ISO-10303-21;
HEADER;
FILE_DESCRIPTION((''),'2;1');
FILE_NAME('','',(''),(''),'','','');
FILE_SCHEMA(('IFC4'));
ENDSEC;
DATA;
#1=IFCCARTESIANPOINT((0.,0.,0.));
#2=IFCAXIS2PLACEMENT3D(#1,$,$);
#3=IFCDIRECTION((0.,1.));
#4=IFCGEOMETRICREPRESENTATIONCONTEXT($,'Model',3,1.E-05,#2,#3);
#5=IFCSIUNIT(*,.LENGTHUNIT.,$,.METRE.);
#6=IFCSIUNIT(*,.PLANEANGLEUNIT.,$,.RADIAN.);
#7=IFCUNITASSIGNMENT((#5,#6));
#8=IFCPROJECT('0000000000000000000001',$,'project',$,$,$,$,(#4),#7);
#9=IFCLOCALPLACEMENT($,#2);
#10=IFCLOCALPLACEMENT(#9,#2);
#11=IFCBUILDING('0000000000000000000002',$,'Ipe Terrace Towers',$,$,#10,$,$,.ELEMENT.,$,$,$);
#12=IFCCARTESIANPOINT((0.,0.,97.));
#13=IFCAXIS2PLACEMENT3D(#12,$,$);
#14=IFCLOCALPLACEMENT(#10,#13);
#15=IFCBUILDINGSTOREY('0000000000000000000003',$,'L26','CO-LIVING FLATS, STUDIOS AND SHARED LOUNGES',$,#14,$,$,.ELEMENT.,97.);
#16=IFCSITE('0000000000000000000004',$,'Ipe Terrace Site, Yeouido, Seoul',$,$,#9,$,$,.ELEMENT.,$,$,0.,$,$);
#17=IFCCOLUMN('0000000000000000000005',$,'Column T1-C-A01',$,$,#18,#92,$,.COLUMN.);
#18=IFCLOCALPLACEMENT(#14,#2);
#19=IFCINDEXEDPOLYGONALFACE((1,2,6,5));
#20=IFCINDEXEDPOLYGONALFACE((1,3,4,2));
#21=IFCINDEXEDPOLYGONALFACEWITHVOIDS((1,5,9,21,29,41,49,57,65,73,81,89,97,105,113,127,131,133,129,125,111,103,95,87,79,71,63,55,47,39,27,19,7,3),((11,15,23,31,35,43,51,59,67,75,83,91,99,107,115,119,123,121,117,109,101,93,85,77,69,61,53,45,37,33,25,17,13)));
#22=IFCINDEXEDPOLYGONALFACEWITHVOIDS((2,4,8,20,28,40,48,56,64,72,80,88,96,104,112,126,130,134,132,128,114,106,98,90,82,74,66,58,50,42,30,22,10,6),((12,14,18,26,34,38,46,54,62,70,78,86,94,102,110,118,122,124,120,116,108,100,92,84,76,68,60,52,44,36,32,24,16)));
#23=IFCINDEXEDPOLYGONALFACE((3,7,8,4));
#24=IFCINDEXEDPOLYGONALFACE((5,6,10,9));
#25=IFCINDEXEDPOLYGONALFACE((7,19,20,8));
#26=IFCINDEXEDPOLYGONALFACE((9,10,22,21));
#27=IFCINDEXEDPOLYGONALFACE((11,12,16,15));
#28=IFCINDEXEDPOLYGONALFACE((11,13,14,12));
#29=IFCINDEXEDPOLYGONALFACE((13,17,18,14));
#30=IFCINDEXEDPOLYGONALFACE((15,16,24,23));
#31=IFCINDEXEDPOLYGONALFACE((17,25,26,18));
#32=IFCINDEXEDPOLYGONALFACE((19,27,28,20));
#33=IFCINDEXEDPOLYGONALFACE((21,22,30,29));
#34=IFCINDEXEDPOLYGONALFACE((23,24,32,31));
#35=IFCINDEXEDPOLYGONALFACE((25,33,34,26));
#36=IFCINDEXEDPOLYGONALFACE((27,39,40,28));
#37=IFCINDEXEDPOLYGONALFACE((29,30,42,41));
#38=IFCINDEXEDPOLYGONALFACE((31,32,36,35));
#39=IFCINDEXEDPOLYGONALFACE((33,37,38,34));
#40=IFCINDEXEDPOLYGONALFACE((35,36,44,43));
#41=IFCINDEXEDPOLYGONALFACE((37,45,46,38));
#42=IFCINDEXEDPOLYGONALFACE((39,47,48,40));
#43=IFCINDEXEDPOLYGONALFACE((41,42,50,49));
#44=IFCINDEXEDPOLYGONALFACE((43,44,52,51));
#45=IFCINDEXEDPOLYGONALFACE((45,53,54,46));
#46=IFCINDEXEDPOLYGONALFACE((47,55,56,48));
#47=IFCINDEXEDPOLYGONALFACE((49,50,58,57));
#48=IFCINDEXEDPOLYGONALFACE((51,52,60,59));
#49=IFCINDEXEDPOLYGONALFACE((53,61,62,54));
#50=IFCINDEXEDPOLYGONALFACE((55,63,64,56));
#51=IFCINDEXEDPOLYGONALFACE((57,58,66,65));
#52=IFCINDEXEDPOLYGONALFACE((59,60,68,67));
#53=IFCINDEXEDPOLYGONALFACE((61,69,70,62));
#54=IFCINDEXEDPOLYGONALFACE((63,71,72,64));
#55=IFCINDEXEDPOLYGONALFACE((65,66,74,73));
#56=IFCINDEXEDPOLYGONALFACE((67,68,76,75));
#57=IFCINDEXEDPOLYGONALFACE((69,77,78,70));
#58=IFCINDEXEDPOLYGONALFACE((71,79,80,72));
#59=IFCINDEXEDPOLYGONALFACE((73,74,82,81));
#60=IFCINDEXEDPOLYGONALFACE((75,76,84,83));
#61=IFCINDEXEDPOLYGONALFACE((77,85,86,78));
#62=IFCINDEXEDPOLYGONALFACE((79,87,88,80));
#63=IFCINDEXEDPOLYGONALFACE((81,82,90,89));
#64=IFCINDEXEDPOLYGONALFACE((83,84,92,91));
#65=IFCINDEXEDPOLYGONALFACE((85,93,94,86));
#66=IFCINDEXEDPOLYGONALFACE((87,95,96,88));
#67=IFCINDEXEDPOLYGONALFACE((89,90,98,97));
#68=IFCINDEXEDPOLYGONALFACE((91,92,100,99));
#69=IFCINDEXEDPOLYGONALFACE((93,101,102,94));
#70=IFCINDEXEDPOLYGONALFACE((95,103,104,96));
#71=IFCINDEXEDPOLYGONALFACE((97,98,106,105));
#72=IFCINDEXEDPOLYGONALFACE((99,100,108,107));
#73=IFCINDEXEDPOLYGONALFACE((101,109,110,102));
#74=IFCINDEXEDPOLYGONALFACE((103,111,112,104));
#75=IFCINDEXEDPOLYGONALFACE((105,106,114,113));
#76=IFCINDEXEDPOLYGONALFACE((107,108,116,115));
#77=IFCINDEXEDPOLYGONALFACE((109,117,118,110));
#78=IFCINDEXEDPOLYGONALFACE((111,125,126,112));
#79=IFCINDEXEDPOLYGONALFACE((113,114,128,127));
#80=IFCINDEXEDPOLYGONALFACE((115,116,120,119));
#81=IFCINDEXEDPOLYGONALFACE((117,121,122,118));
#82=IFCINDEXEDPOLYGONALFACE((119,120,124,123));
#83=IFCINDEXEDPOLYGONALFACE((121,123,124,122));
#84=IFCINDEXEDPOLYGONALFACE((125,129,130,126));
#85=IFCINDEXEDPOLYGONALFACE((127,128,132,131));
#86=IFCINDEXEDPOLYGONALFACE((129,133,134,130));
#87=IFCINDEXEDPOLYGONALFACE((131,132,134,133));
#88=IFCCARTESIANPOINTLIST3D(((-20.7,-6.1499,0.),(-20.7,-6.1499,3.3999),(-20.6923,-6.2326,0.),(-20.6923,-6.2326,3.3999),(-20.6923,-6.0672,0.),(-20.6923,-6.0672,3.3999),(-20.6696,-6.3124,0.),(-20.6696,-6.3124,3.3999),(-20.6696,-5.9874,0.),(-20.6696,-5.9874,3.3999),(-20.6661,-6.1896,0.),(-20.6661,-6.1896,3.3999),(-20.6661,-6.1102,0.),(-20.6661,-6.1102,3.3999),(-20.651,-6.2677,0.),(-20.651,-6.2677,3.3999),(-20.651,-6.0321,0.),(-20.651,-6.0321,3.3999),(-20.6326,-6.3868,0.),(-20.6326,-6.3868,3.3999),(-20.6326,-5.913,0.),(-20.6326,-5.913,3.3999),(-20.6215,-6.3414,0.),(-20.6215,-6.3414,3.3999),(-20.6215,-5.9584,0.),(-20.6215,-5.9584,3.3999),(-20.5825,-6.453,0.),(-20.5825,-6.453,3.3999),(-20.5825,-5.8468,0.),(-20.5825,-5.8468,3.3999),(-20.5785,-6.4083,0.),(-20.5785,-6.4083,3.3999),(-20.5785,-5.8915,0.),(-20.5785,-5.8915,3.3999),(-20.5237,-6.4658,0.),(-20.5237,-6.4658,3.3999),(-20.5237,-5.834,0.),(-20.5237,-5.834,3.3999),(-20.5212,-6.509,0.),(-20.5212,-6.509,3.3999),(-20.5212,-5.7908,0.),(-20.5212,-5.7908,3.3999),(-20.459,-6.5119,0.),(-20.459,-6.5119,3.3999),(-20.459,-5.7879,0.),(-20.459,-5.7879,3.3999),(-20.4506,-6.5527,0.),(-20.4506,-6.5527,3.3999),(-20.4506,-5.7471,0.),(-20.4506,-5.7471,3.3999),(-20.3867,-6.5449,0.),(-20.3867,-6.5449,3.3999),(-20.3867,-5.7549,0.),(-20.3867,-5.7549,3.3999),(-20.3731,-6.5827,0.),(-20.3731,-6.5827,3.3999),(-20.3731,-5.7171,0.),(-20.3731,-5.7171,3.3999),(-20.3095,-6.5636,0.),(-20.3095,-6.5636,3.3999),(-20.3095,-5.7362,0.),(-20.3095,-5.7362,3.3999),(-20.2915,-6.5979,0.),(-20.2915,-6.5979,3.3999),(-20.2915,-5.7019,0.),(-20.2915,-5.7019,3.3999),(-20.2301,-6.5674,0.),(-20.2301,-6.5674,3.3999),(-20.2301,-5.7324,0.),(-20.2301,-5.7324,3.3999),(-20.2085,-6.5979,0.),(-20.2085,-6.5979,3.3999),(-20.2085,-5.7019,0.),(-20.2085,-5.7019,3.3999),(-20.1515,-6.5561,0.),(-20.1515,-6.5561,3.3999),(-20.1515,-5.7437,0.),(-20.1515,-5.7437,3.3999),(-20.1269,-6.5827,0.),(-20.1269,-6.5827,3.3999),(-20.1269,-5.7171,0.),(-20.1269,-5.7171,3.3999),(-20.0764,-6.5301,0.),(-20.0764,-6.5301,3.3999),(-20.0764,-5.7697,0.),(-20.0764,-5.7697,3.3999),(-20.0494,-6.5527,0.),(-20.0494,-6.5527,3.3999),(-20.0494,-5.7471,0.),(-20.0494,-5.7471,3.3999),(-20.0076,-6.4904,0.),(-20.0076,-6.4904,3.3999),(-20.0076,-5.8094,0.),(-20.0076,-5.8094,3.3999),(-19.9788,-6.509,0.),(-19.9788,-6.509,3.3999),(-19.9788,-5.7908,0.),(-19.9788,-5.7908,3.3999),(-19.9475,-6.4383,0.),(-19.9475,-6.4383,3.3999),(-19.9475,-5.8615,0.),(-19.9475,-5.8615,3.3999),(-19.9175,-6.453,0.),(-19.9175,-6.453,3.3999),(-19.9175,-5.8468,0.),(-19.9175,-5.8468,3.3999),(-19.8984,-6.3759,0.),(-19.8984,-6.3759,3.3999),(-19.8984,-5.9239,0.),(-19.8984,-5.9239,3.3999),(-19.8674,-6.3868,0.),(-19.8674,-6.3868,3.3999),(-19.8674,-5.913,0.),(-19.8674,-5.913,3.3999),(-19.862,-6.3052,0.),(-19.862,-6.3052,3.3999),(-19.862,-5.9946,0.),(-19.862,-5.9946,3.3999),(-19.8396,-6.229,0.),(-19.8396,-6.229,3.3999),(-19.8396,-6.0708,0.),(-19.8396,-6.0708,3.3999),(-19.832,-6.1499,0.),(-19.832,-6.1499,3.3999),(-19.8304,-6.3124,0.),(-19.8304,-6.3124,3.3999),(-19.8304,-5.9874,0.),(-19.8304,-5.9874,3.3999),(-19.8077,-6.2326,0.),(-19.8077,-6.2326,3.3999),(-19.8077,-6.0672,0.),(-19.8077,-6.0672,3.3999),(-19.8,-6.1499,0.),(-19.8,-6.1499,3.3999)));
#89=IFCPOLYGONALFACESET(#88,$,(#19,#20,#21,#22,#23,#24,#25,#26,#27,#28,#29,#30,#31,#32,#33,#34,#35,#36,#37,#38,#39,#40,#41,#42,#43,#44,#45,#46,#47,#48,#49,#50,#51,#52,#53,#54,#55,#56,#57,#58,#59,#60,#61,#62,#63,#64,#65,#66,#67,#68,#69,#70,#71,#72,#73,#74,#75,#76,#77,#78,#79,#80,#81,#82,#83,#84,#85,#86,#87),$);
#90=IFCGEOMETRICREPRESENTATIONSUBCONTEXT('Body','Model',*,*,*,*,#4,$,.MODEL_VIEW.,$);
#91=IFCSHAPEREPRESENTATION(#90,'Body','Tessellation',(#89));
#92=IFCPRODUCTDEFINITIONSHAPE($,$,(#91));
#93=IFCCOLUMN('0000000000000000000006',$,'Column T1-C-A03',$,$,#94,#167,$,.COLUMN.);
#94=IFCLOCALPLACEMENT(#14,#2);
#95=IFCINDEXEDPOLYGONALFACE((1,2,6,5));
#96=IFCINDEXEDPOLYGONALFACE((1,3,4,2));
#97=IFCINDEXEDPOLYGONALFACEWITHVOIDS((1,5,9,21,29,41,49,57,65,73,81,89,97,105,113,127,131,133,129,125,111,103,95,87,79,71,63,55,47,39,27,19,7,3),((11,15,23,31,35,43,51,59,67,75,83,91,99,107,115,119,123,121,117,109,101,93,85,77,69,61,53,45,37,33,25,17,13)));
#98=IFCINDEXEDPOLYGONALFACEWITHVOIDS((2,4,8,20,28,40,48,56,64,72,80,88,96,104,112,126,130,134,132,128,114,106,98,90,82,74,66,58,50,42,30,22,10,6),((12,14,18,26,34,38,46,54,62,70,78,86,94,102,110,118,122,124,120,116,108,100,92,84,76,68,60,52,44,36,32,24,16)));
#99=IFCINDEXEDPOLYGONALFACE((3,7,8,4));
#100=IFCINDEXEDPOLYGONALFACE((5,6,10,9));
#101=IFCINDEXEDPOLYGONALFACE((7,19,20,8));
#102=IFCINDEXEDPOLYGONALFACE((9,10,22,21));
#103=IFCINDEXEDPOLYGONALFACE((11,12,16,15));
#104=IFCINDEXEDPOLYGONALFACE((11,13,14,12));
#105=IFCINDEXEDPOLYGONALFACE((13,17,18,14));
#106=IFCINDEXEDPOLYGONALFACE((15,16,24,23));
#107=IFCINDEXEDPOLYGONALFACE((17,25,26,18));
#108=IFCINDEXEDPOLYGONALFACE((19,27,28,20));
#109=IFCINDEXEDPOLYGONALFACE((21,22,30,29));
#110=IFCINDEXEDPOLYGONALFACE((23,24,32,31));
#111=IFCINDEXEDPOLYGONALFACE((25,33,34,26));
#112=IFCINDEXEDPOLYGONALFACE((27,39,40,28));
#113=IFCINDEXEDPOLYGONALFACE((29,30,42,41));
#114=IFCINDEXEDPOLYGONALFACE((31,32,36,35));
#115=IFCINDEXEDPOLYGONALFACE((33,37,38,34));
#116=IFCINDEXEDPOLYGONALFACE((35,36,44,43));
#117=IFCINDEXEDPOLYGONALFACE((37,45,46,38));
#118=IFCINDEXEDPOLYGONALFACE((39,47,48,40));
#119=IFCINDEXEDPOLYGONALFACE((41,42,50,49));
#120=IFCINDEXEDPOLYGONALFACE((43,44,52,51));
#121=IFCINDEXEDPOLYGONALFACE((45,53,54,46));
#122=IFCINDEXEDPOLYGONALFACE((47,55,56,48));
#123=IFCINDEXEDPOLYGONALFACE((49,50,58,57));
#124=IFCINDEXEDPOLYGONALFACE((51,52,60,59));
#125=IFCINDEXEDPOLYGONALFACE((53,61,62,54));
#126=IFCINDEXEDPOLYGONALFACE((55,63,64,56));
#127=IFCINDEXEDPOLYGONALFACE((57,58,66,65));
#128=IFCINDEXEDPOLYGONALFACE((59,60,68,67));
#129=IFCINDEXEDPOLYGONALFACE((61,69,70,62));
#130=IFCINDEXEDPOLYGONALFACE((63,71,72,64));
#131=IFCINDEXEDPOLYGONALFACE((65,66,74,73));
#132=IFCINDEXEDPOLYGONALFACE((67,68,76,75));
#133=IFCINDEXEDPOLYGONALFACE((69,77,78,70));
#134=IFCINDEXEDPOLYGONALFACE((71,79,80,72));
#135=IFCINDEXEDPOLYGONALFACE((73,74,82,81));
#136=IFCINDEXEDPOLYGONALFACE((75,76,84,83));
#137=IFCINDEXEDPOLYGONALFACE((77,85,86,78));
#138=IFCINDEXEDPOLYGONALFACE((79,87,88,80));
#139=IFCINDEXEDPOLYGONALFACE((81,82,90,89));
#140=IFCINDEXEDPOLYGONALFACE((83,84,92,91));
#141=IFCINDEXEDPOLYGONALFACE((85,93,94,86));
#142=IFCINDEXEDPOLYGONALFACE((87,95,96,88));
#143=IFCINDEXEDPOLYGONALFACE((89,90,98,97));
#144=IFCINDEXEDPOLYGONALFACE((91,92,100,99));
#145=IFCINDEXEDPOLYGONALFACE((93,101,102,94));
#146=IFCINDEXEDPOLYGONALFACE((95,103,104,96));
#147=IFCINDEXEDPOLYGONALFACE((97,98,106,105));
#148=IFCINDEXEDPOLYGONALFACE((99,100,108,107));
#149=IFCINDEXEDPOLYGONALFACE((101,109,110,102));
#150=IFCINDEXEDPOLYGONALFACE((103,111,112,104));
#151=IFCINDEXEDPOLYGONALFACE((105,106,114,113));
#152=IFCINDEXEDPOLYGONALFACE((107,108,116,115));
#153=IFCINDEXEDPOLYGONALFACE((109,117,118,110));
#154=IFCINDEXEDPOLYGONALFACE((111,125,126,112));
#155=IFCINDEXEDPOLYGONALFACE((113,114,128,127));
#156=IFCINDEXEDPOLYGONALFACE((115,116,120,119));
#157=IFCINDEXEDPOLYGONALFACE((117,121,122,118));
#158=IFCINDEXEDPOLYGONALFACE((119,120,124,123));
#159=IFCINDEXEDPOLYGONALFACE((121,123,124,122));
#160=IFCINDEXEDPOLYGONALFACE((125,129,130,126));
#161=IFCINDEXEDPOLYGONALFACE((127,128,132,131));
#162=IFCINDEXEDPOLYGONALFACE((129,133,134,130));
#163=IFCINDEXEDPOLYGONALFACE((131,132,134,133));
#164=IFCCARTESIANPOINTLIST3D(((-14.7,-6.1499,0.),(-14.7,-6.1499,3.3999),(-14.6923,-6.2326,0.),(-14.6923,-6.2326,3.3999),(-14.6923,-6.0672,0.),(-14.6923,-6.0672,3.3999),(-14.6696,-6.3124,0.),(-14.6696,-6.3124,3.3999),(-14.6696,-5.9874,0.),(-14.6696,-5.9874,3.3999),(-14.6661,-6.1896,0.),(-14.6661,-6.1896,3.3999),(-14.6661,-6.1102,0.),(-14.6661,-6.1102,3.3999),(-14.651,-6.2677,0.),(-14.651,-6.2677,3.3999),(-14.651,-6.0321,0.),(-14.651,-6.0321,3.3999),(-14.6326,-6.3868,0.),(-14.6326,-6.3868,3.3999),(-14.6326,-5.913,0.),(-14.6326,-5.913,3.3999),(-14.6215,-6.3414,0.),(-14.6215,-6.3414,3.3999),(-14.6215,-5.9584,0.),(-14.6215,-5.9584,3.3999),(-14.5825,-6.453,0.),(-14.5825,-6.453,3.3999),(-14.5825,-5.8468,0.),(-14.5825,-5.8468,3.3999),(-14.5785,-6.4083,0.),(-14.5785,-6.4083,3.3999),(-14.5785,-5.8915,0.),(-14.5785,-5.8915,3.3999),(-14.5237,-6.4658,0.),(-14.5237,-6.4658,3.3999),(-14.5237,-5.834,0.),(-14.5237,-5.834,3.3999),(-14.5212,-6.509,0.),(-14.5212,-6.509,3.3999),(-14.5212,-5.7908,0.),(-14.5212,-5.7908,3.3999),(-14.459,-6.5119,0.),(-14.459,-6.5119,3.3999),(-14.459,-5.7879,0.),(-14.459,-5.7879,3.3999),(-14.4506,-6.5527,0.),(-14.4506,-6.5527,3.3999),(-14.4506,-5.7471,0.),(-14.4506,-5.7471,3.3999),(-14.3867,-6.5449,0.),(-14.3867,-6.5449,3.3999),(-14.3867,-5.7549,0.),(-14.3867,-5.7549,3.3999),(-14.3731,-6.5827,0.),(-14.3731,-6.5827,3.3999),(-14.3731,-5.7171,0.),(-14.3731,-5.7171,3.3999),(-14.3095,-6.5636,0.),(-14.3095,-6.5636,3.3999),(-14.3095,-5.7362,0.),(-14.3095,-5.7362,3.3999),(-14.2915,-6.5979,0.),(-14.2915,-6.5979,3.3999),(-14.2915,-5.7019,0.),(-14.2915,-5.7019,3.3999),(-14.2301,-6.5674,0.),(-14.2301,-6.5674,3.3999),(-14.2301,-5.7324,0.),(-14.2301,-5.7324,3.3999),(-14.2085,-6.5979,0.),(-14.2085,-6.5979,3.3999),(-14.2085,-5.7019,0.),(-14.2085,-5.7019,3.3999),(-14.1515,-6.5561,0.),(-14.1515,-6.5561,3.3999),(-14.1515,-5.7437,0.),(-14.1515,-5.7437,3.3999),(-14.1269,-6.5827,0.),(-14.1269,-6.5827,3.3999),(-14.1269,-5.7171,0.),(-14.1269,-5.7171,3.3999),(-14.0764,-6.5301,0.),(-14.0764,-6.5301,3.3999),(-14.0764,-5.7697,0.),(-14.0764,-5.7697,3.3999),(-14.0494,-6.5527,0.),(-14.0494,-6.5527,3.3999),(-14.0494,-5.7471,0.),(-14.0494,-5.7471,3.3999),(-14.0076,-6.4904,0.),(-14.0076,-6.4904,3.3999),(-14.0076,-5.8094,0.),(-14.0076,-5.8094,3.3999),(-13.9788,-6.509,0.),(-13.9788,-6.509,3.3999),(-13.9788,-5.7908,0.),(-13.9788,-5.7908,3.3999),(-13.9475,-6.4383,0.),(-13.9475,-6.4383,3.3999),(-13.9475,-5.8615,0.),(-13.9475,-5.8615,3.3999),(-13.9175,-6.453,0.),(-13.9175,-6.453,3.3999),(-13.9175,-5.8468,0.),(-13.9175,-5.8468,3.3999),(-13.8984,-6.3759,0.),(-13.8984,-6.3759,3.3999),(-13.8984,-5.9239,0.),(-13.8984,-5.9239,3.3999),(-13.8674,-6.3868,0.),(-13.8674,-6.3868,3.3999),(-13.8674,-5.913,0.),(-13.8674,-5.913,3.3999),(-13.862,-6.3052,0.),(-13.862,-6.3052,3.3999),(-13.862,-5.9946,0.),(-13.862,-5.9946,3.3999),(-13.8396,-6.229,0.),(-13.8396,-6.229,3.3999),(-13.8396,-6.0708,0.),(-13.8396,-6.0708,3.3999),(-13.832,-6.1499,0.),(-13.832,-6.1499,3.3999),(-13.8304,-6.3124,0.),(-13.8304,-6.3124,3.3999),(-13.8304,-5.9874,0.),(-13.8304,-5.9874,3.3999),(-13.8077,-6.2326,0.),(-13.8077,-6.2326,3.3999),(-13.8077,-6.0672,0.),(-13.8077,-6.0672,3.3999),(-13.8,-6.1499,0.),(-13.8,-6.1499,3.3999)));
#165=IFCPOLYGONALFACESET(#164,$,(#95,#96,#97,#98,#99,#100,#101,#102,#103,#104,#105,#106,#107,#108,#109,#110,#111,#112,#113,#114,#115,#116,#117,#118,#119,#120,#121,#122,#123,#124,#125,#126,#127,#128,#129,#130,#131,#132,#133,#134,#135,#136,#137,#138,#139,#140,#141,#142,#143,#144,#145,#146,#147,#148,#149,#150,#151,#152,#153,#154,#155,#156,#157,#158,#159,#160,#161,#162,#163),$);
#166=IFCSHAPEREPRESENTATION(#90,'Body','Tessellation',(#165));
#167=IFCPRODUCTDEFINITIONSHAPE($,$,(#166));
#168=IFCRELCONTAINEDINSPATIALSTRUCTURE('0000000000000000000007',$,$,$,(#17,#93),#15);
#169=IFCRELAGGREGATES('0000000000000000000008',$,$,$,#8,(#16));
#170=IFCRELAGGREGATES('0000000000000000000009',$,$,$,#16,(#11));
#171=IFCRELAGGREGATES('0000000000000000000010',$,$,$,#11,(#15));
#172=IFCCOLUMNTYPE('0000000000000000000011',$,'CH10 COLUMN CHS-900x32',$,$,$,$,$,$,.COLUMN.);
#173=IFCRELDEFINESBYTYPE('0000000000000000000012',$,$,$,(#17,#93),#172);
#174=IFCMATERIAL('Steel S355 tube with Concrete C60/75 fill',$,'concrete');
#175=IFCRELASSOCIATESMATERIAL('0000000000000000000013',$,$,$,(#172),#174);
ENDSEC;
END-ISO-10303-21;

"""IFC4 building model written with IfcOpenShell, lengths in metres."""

from ifc_helpers import new_model, si_unit, direction, frame, origin, origin_2d, place, context, subcontext, project, spatial, hollow_circle, extrude, material, material_profile, profile_set, type_object, element, save


model = new_model("IFC4")

# Units and contexts
model_context = context("Model", 3, precision=1e-05, world=origin(), true_north=direction((0.0, 1.0)))
body_context = subcontext(model_context, "Body", "Model", "MODEL_VIEW")
ifc_project = project(units=[si_unit("LENGTHUNIT", "METRE"), si_unit("PLANEANGLEUNIT", "RADIAN")], contexts=[model_context])

# Site, building, storey
site_placement = place(None, origin())
site = spatial("IfcSite", under=ifc_project, at=site_placement, Name="Ipe Terrace Site, Yeouido, Seoul", CompositionType="ELEMENT", RefElevation=0.0)
building_placement = place(site_placement, origin())
building = spatial("IfcBuilding", under=site, at=building_placement, Name="Ipe Terrace Towers", CompositionType="ELEMENT")
storey_placement = place(building_placement, frame((0.0, 0.0, 97.0)))
storey = spatial("IfcBuildingStorey", under=building, at=storey_placement, Name="L26", Description="CO-LIVING FLATS, STUDIOS AND SHARED LOUNGES", CompositionType="ELEMENT", Elevation=97.0)

# Columns
ifc_material_1 = material(Name="Steel S355 tube with Concrete C60/75 fill", Category="concrete")
ifc_material_profile_1 = material_profile(ifc_material_1, hollow_circle(Radius=0.45, WallThickness=0.032, at=origin_2d()), Name="CHS-900x32")
ifc_profile_set_1 = profile_set([ifc_material_profile_1], Name="Steel S355 tube with Concrete C60/75 fill")
column_type = type_object("IfcColumnType", Name="CH10 COLUMN CHS-900x32", PredefinedType="COLUMN", material=ifc_profile_set_1)
for number, where, z_axis, x_axis, name in (
    (1, (-20.25, -6.1499, 0.0), (0.0, 0.0, 1.0), (1.0, 0.0, 0.0), "Column T1-C-A01"),
    (2, (-14.25, -6.1499, 0.0), (0.0, 0.0, 1.0), (1.0, 0.0, 0.0), "Column T1-C-A03"),
):
    element("IfcColumn", number, at=place(storey_placement, frame(where, z_axis=z_axis, x_axis=x_axis)), inside=storey, type_object=column_type, Name=name, PredefinedType="COLUMN", context=body_context, shape_type="SweptSolid", body=[
        extrude(hollow_circle(Radius=0.45, WallThickness=0.032, at=origin_2d()), origin(), (0.0, 0.0, 1.0), 3.3999),
    ])

save(model, "model.ifc")
